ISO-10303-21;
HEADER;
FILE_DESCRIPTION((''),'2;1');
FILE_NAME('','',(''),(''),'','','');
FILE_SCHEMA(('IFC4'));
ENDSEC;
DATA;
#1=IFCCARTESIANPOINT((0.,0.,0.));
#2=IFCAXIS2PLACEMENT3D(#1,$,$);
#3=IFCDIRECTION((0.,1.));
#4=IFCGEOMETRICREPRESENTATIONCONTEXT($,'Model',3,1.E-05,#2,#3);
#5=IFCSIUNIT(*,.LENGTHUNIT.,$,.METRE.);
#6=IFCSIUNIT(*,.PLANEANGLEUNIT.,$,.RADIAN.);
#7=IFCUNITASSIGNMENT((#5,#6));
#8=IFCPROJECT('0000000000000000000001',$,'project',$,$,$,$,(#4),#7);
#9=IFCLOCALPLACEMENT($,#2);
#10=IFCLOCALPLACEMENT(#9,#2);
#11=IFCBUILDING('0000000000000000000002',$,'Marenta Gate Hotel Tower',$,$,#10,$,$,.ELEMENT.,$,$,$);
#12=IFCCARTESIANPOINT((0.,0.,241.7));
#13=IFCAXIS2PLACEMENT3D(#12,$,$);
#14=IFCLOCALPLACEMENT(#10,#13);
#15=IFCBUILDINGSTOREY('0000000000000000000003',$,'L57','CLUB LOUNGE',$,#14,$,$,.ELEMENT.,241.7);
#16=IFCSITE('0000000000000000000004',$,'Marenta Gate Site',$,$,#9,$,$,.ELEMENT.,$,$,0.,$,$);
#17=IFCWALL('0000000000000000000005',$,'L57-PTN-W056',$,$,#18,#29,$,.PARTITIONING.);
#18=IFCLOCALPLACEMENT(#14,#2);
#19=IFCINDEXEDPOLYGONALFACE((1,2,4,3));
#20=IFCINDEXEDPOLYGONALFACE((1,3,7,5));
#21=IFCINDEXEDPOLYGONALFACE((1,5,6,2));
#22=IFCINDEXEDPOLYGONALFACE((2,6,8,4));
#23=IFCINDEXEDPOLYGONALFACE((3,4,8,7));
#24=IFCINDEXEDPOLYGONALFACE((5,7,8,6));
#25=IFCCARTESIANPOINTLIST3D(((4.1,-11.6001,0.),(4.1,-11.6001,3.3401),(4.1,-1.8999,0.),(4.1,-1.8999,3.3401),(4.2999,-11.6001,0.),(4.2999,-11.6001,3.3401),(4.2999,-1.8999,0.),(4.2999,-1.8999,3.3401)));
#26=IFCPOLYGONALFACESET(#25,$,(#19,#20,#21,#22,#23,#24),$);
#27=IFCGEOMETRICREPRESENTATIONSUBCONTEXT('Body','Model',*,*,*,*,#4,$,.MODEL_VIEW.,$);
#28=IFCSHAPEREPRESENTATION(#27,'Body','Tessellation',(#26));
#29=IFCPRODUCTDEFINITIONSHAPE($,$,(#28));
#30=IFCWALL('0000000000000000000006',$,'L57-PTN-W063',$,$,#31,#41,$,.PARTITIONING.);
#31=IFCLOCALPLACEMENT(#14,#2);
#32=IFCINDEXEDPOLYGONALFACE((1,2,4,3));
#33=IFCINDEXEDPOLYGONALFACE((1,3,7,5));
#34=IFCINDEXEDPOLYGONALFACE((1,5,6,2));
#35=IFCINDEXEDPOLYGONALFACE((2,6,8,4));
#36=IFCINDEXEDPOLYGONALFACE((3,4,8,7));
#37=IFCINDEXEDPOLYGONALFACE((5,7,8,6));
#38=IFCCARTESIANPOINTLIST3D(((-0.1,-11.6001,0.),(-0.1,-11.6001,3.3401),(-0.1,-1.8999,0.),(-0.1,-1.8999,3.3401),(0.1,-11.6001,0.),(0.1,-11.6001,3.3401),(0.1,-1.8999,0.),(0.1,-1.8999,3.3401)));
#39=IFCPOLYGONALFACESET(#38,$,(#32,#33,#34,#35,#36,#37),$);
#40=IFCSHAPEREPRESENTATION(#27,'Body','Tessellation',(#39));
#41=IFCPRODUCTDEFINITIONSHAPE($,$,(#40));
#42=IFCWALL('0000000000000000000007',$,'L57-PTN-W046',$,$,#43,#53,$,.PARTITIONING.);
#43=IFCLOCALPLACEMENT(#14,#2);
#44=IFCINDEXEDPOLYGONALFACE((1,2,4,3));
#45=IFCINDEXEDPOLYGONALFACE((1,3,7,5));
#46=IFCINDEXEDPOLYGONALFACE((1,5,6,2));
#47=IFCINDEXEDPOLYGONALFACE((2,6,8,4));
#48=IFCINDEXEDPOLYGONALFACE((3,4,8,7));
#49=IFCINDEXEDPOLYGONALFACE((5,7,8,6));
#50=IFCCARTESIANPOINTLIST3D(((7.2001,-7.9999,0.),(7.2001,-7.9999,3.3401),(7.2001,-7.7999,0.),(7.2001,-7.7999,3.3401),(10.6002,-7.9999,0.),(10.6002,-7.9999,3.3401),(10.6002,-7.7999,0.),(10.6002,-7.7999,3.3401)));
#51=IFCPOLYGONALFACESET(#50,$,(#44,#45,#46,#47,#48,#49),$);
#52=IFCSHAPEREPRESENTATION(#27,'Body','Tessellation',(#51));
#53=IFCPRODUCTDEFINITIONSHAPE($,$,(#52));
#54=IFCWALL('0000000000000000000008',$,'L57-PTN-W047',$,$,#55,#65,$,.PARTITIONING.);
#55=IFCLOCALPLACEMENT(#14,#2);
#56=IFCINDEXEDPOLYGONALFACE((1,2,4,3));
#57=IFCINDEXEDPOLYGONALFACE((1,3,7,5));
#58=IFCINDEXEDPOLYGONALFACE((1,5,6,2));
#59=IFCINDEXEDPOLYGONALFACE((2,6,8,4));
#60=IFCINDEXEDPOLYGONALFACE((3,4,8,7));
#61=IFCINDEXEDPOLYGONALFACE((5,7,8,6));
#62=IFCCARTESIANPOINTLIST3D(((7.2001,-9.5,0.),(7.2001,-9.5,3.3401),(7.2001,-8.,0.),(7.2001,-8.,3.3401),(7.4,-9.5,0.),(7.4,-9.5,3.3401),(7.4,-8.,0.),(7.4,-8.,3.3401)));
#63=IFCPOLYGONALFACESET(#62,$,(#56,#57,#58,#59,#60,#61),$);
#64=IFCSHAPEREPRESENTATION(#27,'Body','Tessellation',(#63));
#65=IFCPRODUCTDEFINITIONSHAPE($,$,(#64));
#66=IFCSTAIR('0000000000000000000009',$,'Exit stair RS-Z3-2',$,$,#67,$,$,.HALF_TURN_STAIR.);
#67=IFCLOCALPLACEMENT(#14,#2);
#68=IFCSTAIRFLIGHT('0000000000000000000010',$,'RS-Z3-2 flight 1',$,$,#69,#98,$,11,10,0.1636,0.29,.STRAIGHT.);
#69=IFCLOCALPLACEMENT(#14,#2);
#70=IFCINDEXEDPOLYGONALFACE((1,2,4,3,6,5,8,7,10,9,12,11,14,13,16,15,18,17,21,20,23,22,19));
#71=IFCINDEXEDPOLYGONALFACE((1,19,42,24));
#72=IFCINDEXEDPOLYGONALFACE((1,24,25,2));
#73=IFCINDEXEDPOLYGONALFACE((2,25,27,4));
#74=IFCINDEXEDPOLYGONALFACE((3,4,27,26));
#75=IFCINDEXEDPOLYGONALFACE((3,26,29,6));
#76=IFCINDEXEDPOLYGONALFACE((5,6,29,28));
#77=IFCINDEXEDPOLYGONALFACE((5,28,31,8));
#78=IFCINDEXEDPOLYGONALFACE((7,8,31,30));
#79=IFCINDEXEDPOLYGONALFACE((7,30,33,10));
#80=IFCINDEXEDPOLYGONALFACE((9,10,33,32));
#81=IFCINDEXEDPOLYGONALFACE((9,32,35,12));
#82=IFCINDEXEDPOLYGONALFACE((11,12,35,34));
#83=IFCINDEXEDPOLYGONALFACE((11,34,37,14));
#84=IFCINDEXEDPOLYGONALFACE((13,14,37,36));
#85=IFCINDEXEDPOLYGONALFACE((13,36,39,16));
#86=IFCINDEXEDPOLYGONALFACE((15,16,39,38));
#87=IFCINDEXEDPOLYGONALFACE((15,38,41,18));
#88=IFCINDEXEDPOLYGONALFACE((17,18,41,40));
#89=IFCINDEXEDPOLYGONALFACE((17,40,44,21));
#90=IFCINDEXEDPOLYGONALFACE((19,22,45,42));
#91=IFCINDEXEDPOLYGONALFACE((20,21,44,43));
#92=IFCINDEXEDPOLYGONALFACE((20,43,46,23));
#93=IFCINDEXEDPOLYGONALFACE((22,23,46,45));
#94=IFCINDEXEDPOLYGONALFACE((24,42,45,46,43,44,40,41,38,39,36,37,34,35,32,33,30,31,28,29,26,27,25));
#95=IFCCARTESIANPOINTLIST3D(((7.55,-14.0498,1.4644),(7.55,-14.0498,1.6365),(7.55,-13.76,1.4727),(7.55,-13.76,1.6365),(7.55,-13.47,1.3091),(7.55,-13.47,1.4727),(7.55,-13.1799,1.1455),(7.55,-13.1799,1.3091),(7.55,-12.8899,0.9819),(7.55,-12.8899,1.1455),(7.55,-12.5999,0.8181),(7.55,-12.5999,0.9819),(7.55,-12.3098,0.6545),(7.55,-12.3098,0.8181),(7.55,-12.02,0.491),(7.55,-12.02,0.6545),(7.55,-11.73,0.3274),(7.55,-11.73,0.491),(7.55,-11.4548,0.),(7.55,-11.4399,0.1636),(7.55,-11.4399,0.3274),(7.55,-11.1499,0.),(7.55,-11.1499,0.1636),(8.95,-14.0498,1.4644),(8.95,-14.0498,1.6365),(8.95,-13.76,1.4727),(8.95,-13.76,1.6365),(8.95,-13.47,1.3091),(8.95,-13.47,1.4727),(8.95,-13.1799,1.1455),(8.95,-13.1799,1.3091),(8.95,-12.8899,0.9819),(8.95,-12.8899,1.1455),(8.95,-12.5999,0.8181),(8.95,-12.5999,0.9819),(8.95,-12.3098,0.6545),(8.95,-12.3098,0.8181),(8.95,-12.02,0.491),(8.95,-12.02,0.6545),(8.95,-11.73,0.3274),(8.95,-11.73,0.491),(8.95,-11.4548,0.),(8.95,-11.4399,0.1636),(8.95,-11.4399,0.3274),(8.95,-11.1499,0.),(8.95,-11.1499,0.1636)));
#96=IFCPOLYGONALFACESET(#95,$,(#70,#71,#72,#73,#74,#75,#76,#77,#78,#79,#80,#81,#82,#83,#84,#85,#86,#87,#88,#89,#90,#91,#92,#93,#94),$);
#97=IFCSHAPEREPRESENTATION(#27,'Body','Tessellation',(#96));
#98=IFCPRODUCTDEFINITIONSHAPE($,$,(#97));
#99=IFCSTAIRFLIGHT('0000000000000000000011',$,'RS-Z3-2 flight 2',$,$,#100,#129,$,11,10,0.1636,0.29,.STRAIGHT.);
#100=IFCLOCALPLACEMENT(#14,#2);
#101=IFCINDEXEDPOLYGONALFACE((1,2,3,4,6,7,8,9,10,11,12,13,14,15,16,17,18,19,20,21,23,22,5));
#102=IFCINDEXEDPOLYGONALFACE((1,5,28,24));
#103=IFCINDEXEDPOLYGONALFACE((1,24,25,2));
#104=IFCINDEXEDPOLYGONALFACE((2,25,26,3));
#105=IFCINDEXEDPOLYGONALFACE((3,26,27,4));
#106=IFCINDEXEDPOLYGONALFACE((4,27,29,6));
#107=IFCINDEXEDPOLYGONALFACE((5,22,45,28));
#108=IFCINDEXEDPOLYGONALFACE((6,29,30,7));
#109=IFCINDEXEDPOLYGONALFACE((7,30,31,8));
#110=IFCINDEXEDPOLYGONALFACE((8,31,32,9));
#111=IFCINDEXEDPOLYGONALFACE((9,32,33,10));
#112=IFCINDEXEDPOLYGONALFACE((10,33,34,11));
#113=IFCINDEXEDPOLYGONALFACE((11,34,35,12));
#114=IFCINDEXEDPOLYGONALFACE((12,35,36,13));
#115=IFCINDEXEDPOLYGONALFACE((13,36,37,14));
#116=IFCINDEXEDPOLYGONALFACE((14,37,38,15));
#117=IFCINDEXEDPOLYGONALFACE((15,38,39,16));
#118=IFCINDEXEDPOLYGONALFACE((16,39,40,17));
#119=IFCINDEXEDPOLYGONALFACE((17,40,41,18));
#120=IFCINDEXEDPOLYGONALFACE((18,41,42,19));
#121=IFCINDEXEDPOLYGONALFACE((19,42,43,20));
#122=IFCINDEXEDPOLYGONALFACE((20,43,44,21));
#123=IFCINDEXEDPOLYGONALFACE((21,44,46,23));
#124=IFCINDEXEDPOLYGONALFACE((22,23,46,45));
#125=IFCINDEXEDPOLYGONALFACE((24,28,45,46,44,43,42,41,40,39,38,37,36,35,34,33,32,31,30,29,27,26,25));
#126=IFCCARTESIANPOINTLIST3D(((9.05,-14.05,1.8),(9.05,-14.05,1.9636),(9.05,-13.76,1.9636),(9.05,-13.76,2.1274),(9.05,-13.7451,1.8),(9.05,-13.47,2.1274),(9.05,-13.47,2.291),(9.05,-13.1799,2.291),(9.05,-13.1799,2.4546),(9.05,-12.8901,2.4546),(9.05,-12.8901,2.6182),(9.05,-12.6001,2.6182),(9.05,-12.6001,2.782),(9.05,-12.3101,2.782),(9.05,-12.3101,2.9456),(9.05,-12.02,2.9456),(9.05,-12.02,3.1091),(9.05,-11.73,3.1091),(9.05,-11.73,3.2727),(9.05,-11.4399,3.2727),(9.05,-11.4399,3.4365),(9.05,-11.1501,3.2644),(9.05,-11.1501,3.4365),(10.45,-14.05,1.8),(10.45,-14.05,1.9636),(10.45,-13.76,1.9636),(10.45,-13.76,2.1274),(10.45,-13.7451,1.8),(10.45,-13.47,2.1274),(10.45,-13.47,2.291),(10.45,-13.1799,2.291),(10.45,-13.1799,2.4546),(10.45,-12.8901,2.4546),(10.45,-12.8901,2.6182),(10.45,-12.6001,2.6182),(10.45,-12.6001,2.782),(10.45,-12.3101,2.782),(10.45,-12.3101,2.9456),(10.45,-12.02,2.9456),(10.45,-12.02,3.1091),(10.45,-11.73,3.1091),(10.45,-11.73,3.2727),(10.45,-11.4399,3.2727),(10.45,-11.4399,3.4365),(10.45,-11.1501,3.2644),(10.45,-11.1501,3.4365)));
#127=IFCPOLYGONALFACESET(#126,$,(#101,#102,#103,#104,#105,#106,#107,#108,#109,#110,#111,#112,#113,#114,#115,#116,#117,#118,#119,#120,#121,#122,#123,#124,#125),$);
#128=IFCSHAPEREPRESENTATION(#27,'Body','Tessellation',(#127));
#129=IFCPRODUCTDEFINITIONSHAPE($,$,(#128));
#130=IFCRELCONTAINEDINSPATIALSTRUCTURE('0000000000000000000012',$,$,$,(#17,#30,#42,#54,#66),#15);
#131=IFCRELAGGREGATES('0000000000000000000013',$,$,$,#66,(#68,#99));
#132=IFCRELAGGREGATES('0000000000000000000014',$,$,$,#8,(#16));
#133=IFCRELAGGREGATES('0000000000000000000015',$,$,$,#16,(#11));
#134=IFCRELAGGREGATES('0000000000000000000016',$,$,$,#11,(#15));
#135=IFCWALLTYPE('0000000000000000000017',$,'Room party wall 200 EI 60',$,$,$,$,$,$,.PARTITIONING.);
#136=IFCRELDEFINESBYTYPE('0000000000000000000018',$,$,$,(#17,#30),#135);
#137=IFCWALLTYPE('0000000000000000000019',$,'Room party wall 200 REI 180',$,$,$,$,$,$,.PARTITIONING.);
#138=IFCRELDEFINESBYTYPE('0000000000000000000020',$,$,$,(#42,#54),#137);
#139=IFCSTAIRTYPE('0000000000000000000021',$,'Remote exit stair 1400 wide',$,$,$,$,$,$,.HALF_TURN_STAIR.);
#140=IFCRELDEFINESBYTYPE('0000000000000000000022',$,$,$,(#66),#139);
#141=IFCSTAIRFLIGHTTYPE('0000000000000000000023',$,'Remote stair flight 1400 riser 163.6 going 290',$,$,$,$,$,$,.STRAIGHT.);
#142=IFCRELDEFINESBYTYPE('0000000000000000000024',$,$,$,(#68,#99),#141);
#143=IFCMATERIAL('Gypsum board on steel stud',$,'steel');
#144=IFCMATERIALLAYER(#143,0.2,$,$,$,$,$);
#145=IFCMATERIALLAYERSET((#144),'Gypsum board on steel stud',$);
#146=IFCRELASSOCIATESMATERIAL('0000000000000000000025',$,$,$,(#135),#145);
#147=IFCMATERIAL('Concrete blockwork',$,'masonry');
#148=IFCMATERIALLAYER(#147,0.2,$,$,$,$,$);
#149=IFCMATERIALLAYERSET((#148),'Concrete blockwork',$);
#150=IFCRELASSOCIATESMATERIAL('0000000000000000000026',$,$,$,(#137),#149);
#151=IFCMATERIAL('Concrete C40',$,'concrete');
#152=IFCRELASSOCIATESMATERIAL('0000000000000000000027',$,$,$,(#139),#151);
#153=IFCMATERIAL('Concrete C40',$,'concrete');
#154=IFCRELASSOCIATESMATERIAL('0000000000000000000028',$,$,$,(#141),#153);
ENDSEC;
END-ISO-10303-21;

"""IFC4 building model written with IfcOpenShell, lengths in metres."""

from ifc_helpers import new_model, si_unit, direction, frame, frame_2d, origin, place, context, subcontext, project, spatial, polyline, rectangle, outline, extrude, material, layer, layer_set, type_object, element, aggregate, save


model = new_model("IFC4")

# Units and contexts
model_context = context("Model", 3, precision=1e-05, world=origin(), true_north=direction((0.0, 1.0)))
body_context = subcontext(model_context, "Body", "Model", "MODEL_VIEW")
ifc_project = project(units=[si_unit("LENGTHUNIT", "METRE"), si_unit("PLANEANGLEUNIT", "RADIAN")], contexts=[model_context])

# Site, building, storey
site_placement = place(None, origin())
site = spatial("IfcSite", under=ifc_project, at=site_placement, Name="Marenta Gate Site", CompositionType="ELEMENT", RefElevation=0.0)
building_placement = place(site_placement, origin())
building = spatial("IfcBuilding", under=site, at=building_placement, Name="Marenta Gate Hotel Tower", CompositionType="ELEMENT")
storey_placement = place(building_placement, frame((0.0, 0.0, 241.7)))
storey = spatial("IfcBuildingStorey", under=building, at=storey_placement, Name="L57", Description="CLUB LOUNGE", CompositionType="ELEMENT", Elevation=241.7)

# Walls
ifc_material_1 = material(Name="Gypsum board on steel stud", Category="steel")
ifc_layer_1 = layer(ifc_material_1, 0.2)
ifc_layer_set_1 = layer_set([ifc_layer_1], Name="Gypsum board on steel stud")
wall_type_1 = type_object("IfcWallType", Name="Room party wall 200 EI 60", PredefinedType="PARTITIONING", material=ifc_layer_set_1)
for number, where, z_axis, x_axis, name in (
    (1, (4.2, -11.6001, 0.0), (0.0, 0.0, 1.0), (0.0, 1.0, 0.0), "L57-PTN-W056"),
    (2, (0.0, -11.6001, 0.0), (0.0, 0.0, 1.0), (0.0, 1.0, 0.0), "L57-PTN-W063"),
):
    element("IfcWall", number, at=place(storey_placement, frame(where, z_axis=z_axis, x_axis=x_axis)), inside=storey, type_object=wall_type_1, Name=name, PredefinedType="PARTITIONING", context=body_context, shape_type="SweptSolid", body=[
        extrude(rectangle(XDim=9.7002, YDim=0.2, at=frame_2d((4.8501, 0.0))), origin(), (0.0, 0.0, 1.0), 3.3401),
    ])
ifc_material_2 = material(Name="Concrete blockwork", Category="masonry")
ifc_layer_2 = layer(ifc_material_2, 0.2)
ifc_layer_set_2 = layer_set([ifc_layer_2], Name="Concrete blockwork")
wall_type_2 = type_object("IfcWallType", Name="Room party wall 200 REI 180", PredefinedType="PARTITIONING", material=ifc_layer_set_2)
wall_1_placement = place(storey_placement, frame((7.2, -7.8999, 0.0), z_axis=(0.0, 0.0, 1.0), x_axis=(1.0, 0.0, 0.0)))
element("IfcWall", 3, at=wall_1_placement, inside=storey, type_object=wall_type_2, Name="L57-PTN-W046", PredefinedType="PARTITIONING", context=body_context, shape_type="SweptSolid", body=[
    extrude(rectangle(XDim=3.4001, YDim=0.2, at=frame_2d((1.7002, 0.0))), origin(), (0.0, 0.0, 1.0), 3.3401),
])
wall_2_placement = place(storey_placement, frame((7.3, -9.5, 0.0), z_axis=(0.0, 0.0, 1.0), x_axis=(0.0, 1.0, 0.0)))
element("IfcWall", 4, at=wall_2_placement, inside=storey, type_object=wall_type_2, Name="L57-PTN-W047", PredefinedType="PARTITIONING", context=body_context, shape_type="SweptSolid", body=[
    extrude(rectangle(XDim=1.5, YDim=0.2, at=frame_2d((0.75, 0.0))), origin(), (0.0, 0.0, 1.0), 3.3401),
])

# Stair, stair flights
ifc_material_3 = material(Name="Concrete C40", Category="concrete")
stair_type = type_object("IfcStairType", Name="Remote exit stair 1400 wide", PredefinedType="HALF_TURN_STAIR", material=ifc_material_3)
stair_placement = place(storey_placement, origin())
stair = element("IfcStair", 5, at=stair_placement, inside=storey, type_object=stair_type, Name="Exit stair RS-Z3-2", PredefinedType="HALF_TURN_STAIR")
ifc_material_4 = material(Name="Concrete C40", Category="concrete")
stair_flight_type = type_object("IfcStairFlightType", Name="Remote stair flight 1400 riser 163.6 going 290", PredefinedType="STRAIGHT", material=ifc_material_4)
stair_flight_1_placement = place(storey_placement, frame((8.25, -11.1499, 0.0), z_axis=(0.0, 0.0, 1.0), x_axis=(0.0, -1.0, 0.0)))
stair_flight_1 = element("IfcStairFlight", 6, at=stair_flight_1_placement, type_object=stair_flight_type, Name="RS-Z3-2 flight 1", NumberOfRisers=11, NumberOfTreads=10, PredefinedType="STRAIGHT", RiserHeight=0.1636, TreadLength=0.29, context=body_context, shape_type="SweptSolid", body=[
    extrude(outline(polyline([(0.0, 0.0), (0.0, 0.1636), (0.29, 0.1636), (0.29, 0.3274), (0.5801, 0.3274), (0.5801, 0.491), (0.8701, 0.491), (0.8701, 0.6545), (1.1599, 0.6545), (1.1599, 0.8181), (1.45, 0.8181), (1.45, 0.9819), (1.74, 0.9819), (1.74, 1.1455), (2.03, 1.1455), (2.03, 1.3091), (2.3201, 1.3091), (2.3201, 1.4727), (2.6101, 1.4727), (2.6101, 1.6365), (2.8999, 1.6365), (2.8999, 1.8), (2.8999, 1.4644), (0.3049, 0.0), (0.0, 0.0)])), frame((0.0, 0.7, 0.0), z_axis=(0.0, -1.0, 0.0), x_axis=(1.0, 0.0, 0.0)), (0.0, 0.0, 1.0), 1.3999),
])
stair_flight_2_placement = place(storey_placement, frame((9.75, -14.05, 1.8), z_axis=(0.0, 0.0, 1.0), x_axis=(0.0, 1.0, 0.0)))
stair_flight_2 = element("IfcStairFlight", 7, at=stair_flight_2_placement, type_object=stair_flight_type, Name="RS-Z3-2 flight 2", NumberOfRisers=11, NumberOfTreads=10, PredefinedType="STRAIGHT", RiserHeight=0.1636, TreadLength=0.29, context=body_context, shape_type="SweptSolid", body=[
    extrude(outline(polyline([(0.0, 0.0), (0.0, 0.1636), (0.29, 0.1636), (0.29, 0.3274), (0.5801, 0.3274), (0.5801, 0.491), (0.8701, 0.491), (0.8701, 0.6545), (1.1599, 0.6545), (1.1599, 0.8181), (1.45, 0.8181), (1.45, 0.9819), (1.74, 0.9819), (1.74, 1.1455), (2.03, 1.1455), (2.03, 1.3091), (2.3201, 1.3091), (2.3201, 1.4727), (2.6101, 1.4727), (2.6101, 1.6365), (2.8999, 1.6365), (2.8999, 1.8), (2.8999, 1.4644), (0.3049, 0.0), (0.0, 0.0)])), frame((0.0, 0.7, 0.0), z_axis=(0.0, -1.0, 0.0), x_axis=(1.0, 0.0, 0.0)), (0.0, 0.0, 1.0), 1.3999),
])
aggregate(stair, [stair_flight_1, stair_flight_2])

save(model, "model.ifc")
